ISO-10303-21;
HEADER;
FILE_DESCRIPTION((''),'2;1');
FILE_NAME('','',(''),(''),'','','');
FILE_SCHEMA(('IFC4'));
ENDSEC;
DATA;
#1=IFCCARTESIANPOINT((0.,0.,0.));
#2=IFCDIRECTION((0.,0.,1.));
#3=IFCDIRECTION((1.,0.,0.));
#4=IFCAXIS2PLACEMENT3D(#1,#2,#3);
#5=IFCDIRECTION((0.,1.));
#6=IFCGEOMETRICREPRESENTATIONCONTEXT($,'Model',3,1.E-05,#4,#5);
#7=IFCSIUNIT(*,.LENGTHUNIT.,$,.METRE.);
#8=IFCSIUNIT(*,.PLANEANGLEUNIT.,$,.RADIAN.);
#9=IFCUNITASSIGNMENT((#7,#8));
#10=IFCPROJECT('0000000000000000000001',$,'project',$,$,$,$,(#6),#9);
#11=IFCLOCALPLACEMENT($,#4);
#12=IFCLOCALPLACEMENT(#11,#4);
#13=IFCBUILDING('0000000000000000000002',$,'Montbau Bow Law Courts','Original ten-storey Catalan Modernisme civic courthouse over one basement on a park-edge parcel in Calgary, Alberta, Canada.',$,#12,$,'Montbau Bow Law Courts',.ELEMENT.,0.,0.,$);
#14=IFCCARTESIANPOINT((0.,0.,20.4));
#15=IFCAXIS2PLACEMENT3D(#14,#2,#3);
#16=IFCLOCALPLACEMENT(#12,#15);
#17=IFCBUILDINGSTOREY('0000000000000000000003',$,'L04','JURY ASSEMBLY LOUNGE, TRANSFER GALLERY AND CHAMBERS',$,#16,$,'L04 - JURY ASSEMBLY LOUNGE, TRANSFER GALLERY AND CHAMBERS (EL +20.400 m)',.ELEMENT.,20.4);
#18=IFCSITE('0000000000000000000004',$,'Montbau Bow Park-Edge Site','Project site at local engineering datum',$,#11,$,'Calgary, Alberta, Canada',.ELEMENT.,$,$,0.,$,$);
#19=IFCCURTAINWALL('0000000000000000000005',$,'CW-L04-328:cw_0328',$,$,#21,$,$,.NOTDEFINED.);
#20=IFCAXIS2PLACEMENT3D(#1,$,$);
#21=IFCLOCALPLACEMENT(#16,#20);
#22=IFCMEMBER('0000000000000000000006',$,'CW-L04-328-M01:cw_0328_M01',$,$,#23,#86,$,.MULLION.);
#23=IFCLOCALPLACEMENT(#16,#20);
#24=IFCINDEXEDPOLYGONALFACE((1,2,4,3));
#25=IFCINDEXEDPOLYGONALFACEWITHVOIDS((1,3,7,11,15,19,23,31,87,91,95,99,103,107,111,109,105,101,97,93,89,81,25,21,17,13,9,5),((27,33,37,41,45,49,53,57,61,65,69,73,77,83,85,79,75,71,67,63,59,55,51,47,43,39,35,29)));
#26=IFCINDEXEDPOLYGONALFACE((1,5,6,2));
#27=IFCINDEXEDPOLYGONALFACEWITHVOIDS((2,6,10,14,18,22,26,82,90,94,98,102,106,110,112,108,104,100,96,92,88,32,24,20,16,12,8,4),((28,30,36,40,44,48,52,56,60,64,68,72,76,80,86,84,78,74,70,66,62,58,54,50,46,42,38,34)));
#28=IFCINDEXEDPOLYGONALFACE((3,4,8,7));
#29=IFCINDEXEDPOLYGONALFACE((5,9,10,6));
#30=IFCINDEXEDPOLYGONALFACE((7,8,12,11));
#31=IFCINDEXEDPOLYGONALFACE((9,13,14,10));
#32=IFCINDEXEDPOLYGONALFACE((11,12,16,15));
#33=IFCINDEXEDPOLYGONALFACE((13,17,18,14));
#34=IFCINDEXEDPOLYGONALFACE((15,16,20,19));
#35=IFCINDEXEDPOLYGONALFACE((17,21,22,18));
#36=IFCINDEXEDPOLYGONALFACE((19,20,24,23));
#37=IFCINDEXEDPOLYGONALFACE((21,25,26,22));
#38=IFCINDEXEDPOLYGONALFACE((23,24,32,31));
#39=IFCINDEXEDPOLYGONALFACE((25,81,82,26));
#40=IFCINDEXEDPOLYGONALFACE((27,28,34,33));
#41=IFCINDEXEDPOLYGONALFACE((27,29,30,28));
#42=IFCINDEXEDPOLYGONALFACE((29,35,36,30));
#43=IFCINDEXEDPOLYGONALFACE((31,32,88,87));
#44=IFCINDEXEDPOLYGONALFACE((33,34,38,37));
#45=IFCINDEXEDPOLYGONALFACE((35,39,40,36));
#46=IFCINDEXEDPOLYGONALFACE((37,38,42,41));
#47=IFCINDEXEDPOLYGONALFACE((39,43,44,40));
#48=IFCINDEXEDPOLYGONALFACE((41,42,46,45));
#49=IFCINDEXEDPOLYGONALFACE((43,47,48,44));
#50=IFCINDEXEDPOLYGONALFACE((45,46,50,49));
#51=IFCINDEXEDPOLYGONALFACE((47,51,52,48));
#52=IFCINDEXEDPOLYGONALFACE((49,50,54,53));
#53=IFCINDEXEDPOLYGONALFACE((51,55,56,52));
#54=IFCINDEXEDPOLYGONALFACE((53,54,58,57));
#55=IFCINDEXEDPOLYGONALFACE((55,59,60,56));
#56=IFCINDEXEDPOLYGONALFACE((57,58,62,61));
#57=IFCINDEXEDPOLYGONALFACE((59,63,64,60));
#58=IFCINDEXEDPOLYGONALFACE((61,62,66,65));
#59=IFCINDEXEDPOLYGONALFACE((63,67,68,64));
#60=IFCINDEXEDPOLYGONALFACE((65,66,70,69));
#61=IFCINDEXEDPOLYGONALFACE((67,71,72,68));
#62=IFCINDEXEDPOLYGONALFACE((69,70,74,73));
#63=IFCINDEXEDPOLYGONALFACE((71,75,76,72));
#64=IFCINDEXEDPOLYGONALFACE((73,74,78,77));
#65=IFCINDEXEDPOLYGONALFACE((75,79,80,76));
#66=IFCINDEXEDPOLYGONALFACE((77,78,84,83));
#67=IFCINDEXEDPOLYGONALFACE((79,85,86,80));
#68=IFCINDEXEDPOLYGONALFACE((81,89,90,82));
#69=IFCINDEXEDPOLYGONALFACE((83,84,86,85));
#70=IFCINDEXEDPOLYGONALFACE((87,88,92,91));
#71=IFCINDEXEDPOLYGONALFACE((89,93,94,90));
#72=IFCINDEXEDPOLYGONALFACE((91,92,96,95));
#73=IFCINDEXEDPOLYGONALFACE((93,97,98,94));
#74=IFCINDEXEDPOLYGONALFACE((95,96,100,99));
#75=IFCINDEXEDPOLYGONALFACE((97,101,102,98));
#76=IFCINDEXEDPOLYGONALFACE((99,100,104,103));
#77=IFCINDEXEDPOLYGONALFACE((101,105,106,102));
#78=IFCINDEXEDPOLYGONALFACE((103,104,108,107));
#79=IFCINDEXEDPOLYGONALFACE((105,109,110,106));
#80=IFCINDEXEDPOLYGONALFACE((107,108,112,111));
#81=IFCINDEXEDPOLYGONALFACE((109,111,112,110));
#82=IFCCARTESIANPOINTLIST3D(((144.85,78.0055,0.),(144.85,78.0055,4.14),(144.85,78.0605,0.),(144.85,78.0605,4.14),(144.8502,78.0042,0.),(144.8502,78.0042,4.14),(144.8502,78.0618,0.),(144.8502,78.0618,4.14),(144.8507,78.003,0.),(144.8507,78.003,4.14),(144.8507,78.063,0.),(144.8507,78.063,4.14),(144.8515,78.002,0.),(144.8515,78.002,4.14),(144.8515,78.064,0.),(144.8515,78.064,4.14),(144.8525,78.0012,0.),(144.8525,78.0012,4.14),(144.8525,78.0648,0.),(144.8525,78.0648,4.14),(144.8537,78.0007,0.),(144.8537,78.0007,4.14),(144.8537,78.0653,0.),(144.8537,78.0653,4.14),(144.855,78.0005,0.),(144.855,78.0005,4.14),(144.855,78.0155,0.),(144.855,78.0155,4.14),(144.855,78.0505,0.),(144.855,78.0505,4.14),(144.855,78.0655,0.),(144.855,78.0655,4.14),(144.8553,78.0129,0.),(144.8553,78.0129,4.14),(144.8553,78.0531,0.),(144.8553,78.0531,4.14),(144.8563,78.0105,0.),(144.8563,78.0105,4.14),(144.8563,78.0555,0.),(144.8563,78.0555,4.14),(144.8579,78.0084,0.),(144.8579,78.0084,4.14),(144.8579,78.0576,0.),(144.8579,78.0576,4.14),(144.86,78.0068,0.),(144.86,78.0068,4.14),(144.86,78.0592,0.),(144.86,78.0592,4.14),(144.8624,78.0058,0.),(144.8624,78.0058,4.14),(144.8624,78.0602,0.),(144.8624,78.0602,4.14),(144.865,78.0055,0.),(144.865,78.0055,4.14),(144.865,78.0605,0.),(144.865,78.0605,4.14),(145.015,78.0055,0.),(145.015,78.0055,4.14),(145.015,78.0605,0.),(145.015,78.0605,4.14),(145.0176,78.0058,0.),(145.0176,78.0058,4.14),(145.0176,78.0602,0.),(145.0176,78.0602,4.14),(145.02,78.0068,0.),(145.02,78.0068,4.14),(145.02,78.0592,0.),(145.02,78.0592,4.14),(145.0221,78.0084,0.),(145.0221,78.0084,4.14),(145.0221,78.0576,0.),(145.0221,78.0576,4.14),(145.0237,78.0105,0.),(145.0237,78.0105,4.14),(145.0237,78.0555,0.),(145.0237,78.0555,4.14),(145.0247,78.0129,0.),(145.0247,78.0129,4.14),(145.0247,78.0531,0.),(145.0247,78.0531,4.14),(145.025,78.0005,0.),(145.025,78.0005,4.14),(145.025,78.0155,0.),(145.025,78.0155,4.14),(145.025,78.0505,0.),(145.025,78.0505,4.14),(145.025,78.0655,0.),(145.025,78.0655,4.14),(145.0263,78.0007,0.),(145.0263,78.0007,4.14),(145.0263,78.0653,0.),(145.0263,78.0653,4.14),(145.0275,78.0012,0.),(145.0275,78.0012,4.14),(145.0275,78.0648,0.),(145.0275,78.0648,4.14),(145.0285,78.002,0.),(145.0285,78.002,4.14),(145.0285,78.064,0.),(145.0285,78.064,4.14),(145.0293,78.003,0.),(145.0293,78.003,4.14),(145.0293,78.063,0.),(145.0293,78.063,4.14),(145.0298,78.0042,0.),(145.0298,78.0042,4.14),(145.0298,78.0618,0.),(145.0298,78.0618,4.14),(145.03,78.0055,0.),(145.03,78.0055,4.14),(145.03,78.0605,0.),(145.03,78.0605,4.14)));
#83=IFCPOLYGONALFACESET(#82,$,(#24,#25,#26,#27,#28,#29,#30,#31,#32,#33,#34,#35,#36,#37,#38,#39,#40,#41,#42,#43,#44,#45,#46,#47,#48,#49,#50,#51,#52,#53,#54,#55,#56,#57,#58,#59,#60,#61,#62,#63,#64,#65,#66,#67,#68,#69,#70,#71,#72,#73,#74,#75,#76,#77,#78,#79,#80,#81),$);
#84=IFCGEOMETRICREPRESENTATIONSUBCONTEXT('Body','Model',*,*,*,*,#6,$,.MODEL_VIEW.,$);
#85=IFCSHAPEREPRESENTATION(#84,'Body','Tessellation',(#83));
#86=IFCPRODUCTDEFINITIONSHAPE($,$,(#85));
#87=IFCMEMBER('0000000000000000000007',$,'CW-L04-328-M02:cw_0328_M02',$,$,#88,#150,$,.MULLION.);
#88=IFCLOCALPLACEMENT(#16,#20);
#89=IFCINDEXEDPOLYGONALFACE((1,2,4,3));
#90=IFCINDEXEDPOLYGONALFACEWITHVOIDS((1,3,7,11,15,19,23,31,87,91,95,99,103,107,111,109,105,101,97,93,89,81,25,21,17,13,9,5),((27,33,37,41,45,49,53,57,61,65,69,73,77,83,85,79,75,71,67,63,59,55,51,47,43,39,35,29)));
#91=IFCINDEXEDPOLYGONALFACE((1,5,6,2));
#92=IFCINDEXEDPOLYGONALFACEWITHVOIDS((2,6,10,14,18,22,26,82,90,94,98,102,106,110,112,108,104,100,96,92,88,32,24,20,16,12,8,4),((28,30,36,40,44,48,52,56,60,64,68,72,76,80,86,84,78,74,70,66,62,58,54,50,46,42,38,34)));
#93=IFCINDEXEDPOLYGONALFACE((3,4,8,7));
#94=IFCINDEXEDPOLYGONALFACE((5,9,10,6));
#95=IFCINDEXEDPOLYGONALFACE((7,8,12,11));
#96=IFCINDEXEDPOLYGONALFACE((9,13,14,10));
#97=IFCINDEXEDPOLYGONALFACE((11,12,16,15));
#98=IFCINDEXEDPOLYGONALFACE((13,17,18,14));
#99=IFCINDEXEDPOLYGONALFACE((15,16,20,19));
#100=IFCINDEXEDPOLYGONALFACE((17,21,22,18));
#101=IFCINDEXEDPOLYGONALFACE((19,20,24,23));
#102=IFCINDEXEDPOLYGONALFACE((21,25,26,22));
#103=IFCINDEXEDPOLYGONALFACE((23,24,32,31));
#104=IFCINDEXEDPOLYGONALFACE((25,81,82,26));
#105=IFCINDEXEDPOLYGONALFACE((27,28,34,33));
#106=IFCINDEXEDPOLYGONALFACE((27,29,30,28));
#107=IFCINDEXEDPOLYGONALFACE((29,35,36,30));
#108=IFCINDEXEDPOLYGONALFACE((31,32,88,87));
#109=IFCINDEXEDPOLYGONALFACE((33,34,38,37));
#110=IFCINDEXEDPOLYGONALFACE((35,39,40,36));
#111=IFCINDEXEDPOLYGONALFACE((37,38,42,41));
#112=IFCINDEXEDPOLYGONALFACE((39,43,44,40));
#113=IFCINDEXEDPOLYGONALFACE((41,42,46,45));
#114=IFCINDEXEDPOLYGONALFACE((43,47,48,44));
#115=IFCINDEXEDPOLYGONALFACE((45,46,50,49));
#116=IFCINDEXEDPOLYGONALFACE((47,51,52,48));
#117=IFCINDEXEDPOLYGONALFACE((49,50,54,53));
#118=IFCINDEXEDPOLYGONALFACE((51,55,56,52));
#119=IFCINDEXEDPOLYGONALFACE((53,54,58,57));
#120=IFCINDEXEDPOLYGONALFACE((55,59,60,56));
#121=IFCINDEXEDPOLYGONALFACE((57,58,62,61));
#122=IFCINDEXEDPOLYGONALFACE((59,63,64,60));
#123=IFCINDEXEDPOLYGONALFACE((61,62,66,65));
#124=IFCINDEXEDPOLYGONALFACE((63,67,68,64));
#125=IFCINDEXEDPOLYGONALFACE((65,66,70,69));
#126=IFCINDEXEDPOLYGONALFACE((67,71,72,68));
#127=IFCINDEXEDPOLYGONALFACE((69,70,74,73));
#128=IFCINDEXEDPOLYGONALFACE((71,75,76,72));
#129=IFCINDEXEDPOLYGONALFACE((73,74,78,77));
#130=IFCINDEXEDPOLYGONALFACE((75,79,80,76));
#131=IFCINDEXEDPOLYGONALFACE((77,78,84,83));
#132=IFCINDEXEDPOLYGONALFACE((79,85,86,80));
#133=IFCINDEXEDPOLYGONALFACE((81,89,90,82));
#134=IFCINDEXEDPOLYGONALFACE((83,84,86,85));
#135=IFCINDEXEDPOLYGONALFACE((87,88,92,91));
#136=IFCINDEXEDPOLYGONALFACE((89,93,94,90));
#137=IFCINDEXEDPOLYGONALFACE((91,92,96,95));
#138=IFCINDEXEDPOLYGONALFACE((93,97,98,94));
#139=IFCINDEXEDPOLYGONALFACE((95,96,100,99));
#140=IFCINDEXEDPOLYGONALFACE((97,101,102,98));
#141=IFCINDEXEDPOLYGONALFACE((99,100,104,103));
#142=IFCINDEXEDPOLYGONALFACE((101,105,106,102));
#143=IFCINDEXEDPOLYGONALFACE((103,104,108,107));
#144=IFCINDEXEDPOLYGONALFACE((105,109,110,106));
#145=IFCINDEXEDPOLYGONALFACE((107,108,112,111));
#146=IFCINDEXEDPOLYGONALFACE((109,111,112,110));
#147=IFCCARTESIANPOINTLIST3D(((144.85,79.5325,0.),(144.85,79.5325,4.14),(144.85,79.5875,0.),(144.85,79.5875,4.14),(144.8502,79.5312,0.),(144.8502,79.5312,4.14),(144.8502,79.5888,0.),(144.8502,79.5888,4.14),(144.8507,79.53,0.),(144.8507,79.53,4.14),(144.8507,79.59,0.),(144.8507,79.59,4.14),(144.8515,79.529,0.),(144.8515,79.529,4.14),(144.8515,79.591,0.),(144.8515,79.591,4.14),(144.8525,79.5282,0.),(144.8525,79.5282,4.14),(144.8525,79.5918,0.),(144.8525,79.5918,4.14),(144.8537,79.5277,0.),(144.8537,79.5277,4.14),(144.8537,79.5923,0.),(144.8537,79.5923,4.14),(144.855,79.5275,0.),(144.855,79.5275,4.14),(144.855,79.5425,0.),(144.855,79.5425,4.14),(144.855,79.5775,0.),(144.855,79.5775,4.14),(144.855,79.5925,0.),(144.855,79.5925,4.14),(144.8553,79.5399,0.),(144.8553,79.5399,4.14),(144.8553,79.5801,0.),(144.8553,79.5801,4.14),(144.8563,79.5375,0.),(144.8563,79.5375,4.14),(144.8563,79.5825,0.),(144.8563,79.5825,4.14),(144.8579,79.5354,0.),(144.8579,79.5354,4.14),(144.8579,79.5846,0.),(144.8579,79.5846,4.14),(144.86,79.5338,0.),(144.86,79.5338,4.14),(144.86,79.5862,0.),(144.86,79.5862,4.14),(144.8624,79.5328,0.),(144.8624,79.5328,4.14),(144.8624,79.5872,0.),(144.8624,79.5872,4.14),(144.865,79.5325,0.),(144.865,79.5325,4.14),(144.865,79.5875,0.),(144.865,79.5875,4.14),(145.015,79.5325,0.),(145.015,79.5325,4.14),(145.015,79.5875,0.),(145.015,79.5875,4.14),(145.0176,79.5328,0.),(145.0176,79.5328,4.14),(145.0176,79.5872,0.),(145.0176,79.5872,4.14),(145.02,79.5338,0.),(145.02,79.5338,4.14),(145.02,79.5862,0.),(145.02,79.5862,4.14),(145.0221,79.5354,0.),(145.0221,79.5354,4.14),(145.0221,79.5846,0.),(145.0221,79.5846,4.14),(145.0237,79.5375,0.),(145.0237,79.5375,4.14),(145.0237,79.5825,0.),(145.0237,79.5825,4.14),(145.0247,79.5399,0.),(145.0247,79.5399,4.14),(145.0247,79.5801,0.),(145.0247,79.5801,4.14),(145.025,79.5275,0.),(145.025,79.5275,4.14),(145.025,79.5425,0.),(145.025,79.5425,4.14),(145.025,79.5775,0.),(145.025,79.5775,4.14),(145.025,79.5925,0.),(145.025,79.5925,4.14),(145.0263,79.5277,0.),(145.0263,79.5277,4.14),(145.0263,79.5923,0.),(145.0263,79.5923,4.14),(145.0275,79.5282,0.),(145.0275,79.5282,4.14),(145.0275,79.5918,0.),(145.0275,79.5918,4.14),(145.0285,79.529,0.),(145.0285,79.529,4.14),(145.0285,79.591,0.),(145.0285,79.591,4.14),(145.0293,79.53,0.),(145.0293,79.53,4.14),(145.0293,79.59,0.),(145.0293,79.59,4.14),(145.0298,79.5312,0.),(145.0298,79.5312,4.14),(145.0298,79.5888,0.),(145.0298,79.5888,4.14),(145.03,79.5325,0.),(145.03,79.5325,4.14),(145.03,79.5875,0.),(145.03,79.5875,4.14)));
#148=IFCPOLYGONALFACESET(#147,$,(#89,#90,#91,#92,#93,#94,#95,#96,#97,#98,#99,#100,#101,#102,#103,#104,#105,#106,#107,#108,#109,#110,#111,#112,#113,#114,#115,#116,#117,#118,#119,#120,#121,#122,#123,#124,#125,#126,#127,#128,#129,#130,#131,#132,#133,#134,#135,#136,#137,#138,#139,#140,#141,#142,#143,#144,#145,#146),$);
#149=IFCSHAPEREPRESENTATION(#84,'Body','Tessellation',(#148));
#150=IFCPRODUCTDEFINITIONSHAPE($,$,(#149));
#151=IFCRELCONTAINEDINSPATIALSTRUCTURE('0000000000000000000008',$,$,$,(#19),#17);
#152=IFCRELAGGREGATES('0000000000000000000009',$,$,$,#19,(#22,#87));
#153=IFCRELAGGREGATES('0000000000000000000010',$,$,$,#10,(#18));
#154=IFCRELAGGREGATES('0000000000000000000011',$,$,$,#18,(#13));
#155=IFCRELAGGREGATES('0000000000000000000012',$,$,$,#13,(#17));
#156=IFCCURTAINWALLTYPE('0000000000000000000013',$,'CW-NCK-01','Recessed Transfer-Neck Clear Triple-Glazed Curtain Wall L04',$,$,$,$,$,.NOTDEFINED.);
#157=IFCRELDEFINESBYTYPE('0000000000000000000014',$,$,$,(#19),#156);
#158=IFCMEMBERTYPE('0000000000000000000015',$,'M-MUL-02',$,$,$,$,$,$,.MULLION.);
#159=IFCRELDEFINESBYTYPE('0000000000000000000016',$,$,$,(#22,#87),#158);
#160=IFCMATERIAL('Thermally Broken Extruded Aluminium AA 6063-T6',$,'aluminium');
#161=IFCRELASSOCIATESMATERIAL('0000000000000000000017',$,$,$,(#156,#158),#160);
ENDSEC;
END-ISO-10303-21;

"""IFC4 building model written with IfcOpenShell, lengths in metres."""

from ifc_helpers import new_model, si_unit, direction, frame, origin_with_axes, origin_2d_with_axis, place, context, subcontext, project, spatial, hollow_rectangle, extrude, material, material_profile, profile_set, type_object, element, aggregate, save


model = new_model("IFC4")

# Units and contexts
model_context = context("Model", 3, precision=1e-05, world=origin_with_axes(), true_north=direction((0.0, 1.0)))
body_context = subcontext(model_context, "Body", "Model", "MODEL_VIEW")
ifc_project = project(units=[si_unit("LENGTHUNIT", "METRE"), si_unit("PLANEANGLEUNIT", "RADIAN")], contexts=[model_context])

# Site, building, storey
site_placement = place(None, origin_with_axes())
site = spatial("IfcSite", under=ifc_project, at=site_placement, Name="Montbau Bow Park-Edge Site", Description="Project site at local engineering datum", LongName="Calgary, Alberta, Canada", CompositionType="ELEMENT", RefElevation=0.0)
building_placement = place(site_placement, origin_with_axes())
building = spatial("IfcBuilding", under=site, at=building_placement, Name="Montbau Bow Law Courts", Description="Original ten-storey Catalan Modernisme civic courthouse over one basement on a park-edge parcel in Calgary, Alberta, Canada.", LongName="Montbau Bow Law Courts", CompositionType="ELEMENT", ElevationOfRefHeight=0.0, ElevationOfTerrain=0.0)
storey_placement = place(building_placement, frame((0.0, 0.0, 20.4), z_axis=(0.0, 0.0, 1.0), x_axis=(1.0, 0.0, 0.0)))
storey = spatial("IfcBuildingStorey", under=building, at=storey_placement, Name="L04", Description="JURY ASSEMBLY LOUNGE, TRANSFER GALLERY AND CHAMBERS", LongName="L04 - JURY ASSEMBLY LOUNGE, TRANSFER GALLERY AND CHAMBERS (EL +20.400 m)", CompositionType="ELEMENT", Elevation=20.4)

# Curtain wall, members
ifc_material_1 = material(Name="Thermally Broken Extruded Aluminium AA 6063-T6", Category="aluminium")
curtain_wall_type = type_object("IfcCurtainWallType", Name="CW-NCK-01", Description="Recessed Transfer-Neck Clear Triple-Glazed Curtain Wall L04", PredefinedType="NOTDEFINED", material=ifc_material_1)
curtain_wall_placement = place(None, frame((144.94, 78.0, 20.4), z_axis=(0.0, 0.0, 1.0), x_axis=(1.0, 0.0, 0.0)))
curtain_wall = element("IfcCurtainWall", 1, at=curtain_wall_placement, inside=storey, type_object=curtain_wall_type, Name="CW-L04-328:cw_0328", PredefinedType="NOTDEFINED")
ifc_material_profile_1 = material_profile(ifc_material_1, hollow_rectangle(XDim=0.065, YDim=0.18, WallThickness=0.005, InnerFilletRadius=0.01, OuterFilletRadius=0.005, at=origin_2d_with_axis()), Name="CWM-180X65", Category="Main", Priority=0)
ifc_profile_set_1 = profile_set([ifc_material_profile_1], Name="Thermally Broken Extruded Aluminium AA 6063-T6")
member_type_1 = type_object("IfcMemberType", Name="M-MUL-02", PredefinedType="MULLION", material=ifc_profile_set_1)
member_1_placement = place(None, frame((144.94, 78.033, 20.4), z_axis=(0.0, 0.0, 1.0), x_axis=(0.0, 1.0, 0.0)))
member_1 = element("IfcMember", 2, at=member_1_placement, type_object=member_type_1, Name="CW-L04-328-M01:cw_0328_M01", PredefinedType="MULLION", context=body_context, shape_type="SweptSolid", body=[
    extrude(hollow_rectangle(XDim=0.065, YDim=0.18, WallThickness=0.005, InnerFilletRadius=0.01, OuterFilletRadius=0.005, at=origin_2d_with_axis()), origin_with_axes(), (0.0, 0.0, 1.0), 4.14),
])
member_2_placement = place(None, frame((144.94, 79.56, 20.4), z_axis=(0.0, 0.0, 1.0), x_axis=(0.0, 1.0, 0.0)))
member_2 = element("IfcMember", 3, at=member_2_placement, type_object=member_type_1, Name="CW-L04-328-M02:cw_0328_M02", PredefinedType="MULLION", context=body_context, shape_type="SweptSolid", body=[
    extrude(hollow_rectangle(XDim=0.065, YDim=0.18, WallThickness=0.005, InnerFilletRadius=0.01, OuterFilletRadius=0.005, at=origin_2d_with_axis()), origin_with_axes(), (0.0, 0.0, 1.0), 4.14),
])
aggregate(curtain_wall, [member_1, member_2])

save(model, "model.ifc")
